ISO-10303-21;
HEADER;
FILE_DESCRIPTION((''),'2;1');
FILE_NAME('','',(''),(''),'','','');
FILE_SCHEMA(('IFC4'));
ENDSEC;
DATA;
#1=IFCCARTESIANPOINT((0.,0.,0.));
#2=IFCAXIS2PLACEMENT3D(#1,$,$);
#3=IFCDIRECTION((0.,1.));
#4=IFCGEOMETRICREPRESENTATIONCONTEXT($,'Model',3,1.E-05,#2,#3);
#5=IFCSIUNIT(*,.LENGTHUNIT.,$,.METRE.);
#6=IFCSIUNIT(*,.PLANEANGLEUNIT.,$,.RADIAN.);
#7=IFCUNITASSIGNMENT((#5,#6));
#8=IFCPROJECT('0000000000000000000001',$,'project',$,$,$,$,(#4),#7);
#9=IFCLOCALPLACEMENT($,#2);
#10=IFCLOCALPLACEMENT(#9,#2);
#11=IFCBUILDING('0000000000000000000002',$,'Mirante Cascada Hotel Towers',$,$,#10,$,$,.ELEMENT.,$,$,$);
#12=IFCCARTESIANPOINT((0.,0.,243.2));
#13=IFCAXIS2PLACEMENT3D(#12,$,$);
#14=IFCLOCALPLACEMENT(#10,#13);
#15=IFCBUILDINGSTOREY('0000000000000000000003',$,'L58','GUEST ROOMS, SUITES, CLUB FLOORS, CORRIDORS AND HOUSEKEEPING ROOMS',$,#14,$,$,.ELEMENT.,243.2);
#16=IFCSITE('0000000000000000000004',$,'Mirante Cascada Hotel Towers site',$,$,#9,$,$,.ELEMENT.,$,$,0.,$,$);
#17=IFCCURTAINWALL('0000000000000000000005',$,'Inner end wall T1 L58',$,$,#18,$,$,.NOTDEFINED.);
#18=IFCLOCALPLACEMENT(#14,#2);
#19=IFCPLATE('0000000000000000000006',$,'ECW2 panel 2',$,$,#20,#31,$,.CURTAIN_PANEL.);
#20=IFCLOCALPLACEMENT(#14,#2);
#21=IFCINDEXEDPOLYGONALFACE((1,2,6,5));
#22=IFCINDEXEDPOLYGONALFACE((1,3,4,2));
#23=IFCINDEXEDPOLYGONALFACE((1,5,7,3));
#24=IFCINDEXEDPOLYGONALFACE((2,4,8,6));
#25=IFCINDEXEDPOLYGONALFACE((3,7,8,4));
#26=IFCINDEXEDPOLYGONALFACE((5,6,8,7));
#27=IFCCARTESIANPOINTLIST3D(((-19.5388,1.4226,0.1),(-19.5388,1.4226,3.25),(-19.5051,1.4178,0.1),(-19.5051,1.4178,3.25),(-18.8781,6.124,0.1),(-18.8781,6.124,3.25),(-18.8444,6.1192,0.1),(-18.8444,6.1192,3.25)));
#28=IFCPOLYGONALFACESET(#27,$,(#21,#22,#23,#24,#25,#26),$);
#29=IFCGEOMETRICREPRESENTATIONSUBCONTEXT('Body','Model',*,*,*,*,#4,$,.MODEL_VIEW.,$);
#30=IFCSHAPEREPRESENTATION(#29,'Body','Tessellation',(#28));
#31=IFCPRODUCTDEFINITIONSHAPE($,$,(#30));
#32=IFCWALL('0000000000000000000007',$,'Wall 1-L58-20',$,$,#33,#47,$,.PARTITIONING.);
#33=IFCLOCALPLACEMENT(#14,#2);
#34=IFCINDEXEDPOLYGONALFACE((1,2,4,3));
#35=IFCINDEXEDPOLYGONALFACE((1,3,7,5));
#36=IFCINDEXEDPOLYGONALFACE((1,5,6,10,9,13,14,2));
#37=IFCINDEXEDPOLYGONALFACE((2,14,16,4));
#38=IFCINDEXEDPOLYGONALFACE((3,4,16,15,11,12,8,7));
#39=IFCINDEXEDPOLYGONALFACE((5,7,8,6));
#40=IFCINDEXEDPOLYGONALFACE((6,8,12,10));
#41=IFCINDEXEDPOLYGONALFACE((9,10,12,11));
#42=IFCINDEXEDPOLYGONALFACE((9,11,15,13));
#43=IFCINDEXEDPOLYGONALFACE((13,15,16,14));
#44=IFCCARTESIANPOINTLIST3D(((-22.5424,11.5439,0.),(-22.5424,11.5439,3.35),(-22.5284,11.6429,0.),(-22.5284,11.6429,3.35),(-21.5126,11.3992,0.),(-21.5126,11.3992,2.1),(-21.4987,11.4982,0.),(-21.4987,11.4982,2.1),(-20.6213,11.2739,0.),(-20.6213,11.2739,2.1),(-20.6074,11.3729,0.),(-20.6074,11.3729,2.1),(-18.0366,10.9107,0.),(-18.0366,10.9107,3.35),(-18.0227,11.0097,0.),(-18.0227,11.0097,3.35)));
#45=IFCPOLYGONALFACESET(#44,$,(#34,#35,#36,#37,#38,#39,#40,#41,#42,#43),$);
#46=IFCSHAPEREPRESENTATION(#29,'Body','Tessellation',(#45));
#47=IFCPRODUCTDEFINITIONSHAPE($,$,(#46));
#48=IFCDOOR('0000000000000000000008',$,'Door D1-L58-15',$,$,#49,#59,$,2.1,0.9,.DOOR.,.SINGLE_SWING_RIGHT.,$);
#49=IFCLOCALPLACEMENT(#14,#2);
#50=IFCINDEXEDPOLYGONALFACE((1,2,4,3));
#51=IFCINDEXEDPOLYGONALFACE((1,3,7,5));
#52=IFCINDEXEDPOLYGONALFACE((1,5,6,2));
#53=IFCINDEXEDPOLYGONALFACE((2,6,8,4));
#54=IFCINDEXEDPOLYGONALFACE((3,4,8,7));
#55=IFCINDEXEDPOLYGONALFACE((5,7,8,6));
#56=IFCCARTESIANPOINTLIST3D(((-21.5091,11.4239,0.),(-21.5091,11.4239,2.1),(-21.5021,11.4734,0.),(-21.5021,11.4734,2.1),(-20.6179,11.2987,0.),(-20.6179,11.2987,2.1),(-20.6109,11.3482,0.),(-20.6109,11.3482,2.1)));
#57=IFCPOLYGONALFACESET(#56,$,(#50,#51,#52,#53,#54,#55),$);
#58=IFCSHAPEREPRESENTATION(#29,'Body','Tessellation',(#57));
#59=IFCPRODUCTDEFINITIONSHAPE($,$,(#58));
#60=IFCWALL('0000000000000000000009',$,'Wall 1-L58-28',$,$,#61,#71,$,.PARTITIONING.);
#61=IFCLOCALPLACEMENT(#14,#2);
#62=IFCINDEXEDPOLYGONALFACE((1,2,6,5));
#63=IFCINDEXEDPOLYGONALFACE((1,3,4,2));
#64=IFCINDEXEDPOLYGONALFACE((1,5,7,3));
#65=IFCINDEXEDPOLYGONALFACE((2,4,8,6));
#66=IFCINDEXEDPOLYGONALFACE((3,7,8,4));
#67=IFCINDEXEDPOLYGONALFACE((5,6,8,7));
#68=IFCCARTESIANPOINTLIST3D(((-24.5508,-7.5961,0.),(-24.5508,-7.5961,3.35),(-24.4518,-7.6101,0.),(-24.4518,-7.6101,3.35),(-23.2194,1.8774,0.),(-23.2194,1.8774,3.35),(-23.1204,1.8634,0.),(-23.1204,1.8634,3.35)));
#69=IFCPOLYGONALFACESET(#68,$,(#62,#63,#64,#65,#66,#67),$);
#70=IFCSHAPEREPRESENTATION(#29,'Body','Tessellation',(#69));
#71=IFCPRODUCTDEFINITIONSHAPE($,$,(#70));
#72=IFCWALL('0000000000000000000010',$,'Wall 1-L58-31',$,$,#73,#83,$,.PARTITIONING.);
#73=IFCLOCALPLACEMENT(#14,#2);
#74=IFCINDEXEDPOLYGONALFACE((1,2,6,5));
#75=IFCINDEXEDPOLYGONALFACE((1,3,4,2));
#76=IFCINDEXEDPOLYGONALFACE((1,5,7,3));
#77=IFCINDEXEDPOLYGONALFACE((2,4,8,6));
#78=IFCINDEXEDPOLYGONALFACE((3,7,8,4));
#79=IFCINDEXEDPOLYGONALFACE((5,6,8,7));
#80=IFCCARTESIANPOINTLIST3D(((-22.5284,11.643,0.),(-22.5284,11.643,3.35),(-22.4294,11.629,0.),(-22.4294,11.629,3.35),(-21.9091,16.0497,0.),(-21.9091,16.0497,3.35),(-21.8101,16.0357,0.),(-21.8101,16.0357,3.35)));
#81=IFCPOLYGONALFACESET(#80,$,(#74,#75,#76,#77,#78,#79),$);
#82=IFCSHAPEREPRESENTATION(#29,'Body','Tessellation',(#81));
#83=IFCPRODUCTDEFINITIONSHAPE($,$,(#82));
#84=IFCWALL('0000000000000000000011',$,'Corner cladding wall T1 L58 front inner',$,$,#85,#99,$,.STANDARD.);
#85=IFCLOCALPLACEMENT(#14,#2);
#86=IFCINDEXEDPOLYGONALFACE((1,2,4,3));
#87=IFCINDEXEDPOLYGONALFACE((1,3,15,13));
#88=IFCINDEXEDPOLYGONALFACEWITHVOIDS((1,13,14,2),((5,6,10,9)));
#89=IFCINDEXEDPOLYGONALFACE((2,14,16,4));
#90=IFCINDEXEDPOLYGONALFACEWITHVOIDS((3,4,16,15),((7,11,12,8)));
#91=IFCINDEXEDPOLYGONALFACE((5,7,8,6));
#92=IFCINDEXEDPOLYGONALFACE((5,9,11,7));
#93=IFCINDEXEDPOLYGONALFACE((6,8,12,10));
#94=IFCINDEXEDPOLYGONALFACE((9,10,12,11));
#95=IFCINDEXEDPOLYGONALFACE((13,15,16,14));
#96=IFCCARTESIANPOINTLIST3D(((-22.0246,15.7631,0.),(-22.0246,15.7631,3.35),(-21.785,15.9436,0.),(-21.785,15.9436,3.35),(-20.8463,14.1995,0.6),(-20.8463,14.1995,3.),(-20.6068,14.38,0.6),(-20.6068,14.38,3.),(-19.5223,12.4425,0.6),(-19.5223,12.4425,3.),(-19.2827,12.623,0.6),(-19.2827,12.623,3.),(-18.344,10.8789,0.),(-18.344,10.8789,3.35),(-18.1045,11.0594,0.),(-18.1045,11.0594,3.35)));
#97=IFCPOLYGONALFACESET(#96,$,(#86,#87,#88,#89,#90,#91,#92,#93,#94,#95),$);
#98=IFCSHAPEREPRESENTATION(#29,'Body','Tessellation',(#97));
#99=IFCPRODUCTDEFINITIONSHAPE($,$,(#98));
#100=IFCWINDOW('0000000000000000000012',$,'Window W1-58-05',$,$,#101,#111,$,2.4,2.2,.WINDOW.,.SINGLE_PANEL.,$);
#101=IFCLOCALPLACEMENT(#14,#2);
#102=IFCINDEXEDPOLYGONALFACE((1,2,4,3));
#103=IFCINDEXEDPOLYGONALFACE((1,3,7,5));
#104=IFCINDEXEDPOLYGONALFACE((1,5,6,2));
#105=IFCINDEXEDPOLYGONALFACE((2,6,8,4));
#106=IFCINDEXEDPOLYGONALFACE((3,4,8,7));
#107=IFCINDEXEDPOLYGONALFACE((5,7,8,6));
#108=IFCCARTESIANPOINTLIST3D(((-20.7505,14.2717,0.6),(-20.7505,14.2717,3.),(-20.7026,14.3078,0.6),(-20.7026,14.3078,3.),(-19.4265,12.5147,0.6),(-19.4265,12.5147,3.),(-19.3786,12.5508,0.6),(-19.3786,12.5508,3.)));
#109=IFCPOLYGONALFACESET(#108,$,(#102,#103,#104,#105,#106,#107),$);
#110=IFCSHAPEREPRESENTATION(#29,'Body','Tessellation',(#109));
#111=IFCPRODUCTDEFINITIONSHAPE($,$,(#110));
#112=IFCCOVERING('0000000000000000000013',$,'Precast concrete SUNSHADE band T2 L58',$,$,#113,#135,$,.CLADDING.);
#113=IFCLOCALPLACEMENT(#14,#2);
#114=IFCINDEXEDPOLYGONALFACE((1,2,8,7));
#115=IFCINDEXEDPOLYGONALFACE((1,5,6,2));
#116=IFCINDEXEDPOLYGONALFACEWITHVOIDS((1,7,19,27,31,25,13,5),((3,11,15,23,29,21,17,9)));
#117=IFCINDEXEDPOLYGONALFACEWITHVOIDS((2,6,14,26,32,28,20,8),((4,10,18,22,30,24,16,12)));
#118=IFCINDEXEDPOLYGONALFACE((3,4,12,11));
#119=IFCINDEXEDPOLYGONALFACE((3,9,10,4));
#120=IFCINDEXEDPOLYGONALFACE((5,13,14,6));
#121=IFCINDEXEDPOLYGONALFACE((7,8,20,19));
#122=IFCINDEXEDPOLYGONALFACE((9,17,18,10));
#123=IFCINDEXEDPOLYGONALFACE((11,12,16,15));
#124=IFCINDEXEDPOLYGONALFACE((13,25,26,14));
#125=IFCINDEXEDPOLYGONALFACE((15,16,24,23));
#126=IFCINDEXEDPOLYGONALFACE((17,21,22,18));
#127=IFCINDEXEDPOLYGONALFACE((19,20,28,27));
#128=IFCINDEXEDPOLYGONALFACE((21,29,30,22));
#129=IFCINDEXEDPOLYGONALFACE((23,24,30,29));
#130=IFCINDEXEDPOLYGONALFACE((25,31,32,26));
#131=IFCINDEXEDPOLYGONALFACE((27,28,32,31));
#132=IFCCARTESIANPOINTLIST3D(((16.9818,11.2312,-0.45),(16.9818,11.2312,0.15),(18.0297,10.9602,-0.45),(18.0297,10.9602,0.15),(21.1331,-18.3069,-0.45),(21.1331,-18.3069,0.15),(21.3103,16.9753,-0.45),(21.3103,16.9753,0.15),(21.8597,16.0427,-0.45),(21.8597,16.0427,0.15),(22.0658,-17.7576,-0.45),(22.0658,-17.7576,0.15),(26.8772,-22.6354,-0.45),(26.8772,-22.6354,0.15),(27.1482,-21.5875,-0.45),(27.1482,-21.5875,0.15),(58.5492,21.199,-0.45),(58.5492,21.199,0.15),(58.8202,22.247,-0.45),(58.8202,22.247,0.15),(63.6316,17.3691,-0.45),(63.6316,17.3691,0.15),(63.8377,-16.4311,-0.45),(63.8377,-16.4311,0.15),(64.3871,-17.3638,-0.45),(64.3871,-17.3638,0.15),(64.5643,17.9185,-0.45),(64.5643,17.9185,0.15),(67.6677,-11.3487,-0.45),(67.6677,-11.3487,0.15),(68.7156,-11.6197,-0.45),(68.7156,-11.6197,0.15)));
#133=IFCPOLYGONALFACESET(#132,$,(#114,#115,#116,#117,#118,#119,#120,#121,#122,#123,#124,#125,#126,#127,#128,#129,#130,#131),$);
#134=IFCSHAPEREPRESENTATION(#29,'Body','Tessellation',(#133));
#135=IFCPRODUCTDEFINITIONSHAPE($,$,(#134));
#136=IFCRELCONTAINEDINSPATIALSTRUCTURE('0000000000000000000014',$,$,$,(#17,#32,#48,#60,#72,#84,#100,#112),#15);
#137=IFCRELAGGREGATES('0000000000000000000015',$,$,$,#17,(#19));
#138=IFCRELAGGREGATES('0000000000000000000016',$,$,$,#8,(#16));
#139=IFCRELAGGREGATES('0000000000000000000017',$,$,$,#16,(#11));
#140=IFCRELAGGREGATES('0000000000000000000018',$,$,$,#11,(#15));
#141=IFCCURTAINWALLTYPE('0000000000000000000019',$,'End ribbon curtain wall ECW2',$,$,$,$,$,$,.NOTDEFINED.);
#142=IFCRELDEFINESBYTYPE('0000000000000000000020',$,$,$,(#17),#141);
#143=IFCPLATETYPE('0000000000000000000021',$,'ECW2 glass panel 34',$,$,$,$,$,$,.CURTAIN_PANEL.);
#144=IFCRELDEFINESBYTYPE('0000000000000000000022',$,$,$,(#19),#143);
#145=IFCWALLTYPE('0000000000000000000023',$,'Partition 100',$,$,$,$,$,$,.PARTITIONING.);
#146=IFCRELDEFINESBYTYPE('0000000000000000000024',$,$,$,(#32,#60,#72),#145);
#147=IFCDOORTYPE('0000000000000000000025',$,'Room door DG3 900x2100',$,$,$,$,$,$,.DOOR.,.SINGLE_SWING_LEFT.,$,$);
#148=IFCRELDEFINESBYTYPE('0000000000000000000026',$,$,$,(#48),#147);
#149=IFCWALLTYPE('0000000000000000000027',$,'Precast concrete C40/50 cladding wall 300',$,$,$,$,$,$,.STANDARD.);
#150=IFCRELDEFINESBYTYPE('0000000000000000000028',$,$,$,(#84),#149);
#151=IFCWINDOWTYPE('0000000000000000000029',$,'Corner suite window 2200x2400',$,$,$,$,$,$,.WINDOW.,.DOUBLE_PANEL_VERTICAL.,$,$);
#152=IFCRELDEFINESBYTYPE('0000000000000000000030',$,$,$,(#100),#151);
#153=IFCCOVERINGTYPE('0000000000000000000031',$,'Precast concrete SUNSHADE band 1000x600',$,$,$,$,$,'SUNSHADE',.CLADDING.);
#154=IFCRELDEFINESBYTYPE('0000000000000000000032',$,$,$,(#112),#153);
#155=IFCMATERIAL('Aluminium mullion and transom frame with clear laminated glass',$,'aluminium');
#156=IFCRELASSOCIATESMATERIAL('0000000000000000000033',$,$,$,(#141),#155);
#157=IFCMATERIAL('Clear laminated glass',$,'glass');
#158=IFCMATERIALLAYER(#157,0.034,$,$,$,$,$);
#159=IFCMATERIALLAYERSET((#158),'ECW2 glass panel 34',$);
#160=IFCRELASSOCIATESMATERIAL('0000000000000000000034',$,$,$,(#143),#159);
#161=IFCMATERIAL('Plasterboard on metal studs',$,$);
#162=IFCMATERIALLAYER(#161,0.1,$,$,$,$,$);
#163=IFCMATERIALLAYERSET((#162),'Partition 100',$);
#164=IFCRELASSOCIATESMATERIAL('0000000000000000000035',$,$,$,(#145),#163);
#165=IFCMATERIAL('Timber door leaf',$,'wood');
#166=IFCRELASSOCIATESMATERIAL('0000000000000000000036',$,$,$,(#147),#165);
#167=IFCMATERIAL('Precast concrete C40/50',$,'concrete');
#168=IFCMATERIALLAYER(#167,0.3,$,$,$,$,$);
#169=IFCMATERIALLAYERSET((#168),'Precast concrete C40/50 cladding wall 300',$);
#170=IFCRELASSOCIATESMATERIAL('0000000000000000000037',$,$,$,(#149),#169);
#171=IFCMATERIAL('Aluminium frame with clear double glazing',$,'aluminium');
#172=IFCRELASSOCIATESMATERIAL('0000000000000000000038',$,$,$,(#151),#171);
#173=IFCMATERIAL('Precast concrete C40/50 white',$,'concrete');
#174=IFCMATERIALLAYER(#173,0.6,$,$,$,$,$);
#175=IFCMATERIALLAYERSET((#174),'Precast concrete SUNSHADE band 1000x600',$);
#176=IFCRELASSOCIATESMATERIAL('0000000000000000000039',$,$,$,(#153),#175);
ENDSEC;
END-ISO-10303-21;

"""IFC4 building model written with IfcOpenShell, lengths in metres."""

from ifc_helpers import new_model, si_unit, direction, frame, frame_2d, origin, origin_2d, place, context, subcontext, project, spatial, polyline, rectangle, outline, extrude, material, layer, layer_set, type_object, element, fill, aggregate, save


model = new_model("IFC4")

# Units and contexts
model_context = context("Model", 3, precision=1e-05, world=origin(), true_north=direction((0.0, 1.0)))
body_context = subcontext(model_context, "Body", "Model", "MODEL_VIEW")
ifc_project = project(units=[si_unit("LENGTHUNIT", "METRE"), si_unit("PLANEANGLEUNIT", "RADIAN")], contexts=[model_context])

# Site, building, storey
site_placement = place(None, origin())
site = spatial("IfcSite", under=ifc_project, at=site_placement, Name="Mirante Cascada Hotel Towers site", CompositionType="ELEMENT", RefElevation=0.0)
building_placement = place(site_placement, origin())
building = spatial("IfcBuilding", under=site, at=building_placement, Name="Mirante Cascada Hotel Towers", CompositionType="ELEMENT")
storey_placement = place(building_placement, frame((0.0, 0.0, 243.2)))
storey = spatial("IfcBuildingStorey", under=building, at=storey_placement, Name="L58", Description="GUEST ROOMS, SUITES, CLUB FLOORS, CORRIDORS AND HOUSEKEEPING ROOMS", CompositionType="ELEMENT", Elevation=243.2)

# Curtain wall
ifc_material_1 = material(Name="Aluminium mullion and transom frame with clear laminated glass", Category="aluminium")
curtain_wall_type_1 = type_object("IfcCurtainWallType", Name="End ribbon curtain wall ECW2", PredefinedType="NOTDEFINED", material=ifc_material_1)
curtain_wall_1_placement = place(storey_placement, origin())
curtain_wall_1 = element("IfcCurtainWall", 1, at=curtain_wall_1_placement, inside=storey, type_object=curtain_wall_type_1, Name="Inner end wall T1 L58", PredefinedType="NOTDEFINED")

# Plate
ifc_material_2 = material(Name="Clear laminated glass", Category="glass")
ifc_layer_1 = layer(ifc_material_2, 0.034)
ifc_layer_set_1 = layer_set([ifc_layer_1], Name="ECW2 glass panel 34")
plate_type_1 = type_object("IfcPlateType", Name="ECW2 glass panel 34", PredefinedType="CURTAIN_PANEL", material=ifc_layer_set_1)
plate_1_placement = place(storey_placement, frame((-19.1916, 3.7709, 0.1), z_axis=(0.0, 0.0, 1.0), x_axis=(-0.139173, -0.990268, 0.0)))
plate_1 = element("IfcPlate", 2, at=plate_1_placement, type_object=plate_type_1, Name="ECW2 panel 2", PredefinedType="CURTAIN_PANEL", context=body_context, shape_type="SweptSolid", body=[
    extrude(rectangle(XDim=4.7476, YDim=0.034, at=origin_2d()), origin(), (0.0, 0.0, 1.0), 3.15),
])
aggregate(curtain_wall_1, [plate_1])

# Wall, opening, door
ifc_material_3 = material(Name="Plasterboard on metal studs")
ifc_layer_2 = layer(ifc_material_3, 0.1)
ifc_layer_set_2 = layer_set([ifc_layer_2], Name="Partition 100")
wall_type_1 = type_object("IfcWallType", Name="Partition 100", PredefinedType="PARTITIONING", material=ifc_layer_set_2)
wall_1_placement = place(storey_placement, frame((-22.5354, 11.5934, 0.0), z_axis=(0.0, 0.0, 1.0), x_axis=(0.990269, -0.139166, 0.0)))
wall_1 = element("IfcWall", 3, at=wall_1_placement, inside=storey, type_object=wall_type_1, Name="Wall 1-L58-20", PredefinedType="PARTITIONING", context=body_context, shape_type="SweptSolid", body=[
    extrude(rectangle(XDim=4.55, YDim=0.1, at=frame_2d((2.275, 0.0))), origin(), (0.0, 0.0, 1.0), 3.35),
])
opening_1_placement = place(wall_1_placement, frame((1.0399, 0.0, 0.0)))
opening_1 = element("IfcOpeningElement", 4, at=opening_1_placement, cuts=wall_1, PredefinedType="OPENING", context=body_context, shape_type="SweptSolid", body=[
    extrude(rectangle(XDim=0.9, YDim=2.1, at=frame_2d((0.45, 1.05))), frame((0.0, 0.05, 0.0), z_axis=(0.0, -1.0, 0.0), x_axis=(1.0, 0.0, 0.0)), (0.0, 0.0, 1.0), 0.1),
])
ifc_material_4 = material(Name="Timber door leaf", Category="wood")
door_type = type_object("IfcDoorType", Name="Room door DG3 900x2100", OperationType="SINGLE_SWING_LEFT", PredefinedType="DOOR", material=ifc_material_4)
door_placement = place(opening_1_placement, frame((0.9, 0.0, 0.0), z_axis=(0.0, 0.0, 1.0), x_axis=(-1.0, 0.0, 0.0)))
door = element("IfcDoor", 5, at=door_placement, inside=storey, type_object=door_type, Name="Door D1-L58-15", OperationType="SINGLE_SWING_RIGHT", OverallHeight=2.1, OverallWidth=0.9, PredefinedType="DOOR", context=body_context, shape_type="SweptSolid", body=[
    extrude(rectangle(XDim=0.9, YDim=2.1, at=frame_2d((0.45, 1.05))), frame((0.0, 0.025, 0.0), z_axis=(0.0, -1.0, 0.0), x_axis=(1.0, 0.0, 0.0)), (0.0, 0.0, 1.0), 0.05),
])
fill(opening_1, door)

# Walls
wall_2_placement = place(storey_placement, frame((-23.1699, 1.8704, 0.0), z_axis=(0.0, 0.0, 1.0), x_axis=(-0.139172, -0.990268, 0.0)))
element("IfcWall", 6, at=wall_2_placement, inside=storey, type_object=wall_type_1, Name="Wall 1-L58-28", PredefinedType="PARTITIONING", context=body_context, shape_type="SweptSolid", body=[
    extrude(rectangle(XDim=9.5666, YDim=0.1, at=frame_2d((4.7833, 0.0))), origin(), (0.0, 0.0, 1.0), 3.35),
])
wall_3_placement = place(storey_placement, frame((-22.4789, 11.636, 0.0), z_axis=(0.0, 0.0, 1.0), x_axis=(0.139168, 0.990269, 0.0)))
element("IfcWall", 7, at=wall_3_placement, inside=storey, type_object=wall_type_1, Name="Wall 1-L58-31", PredefinedType="PARTITIONING", context=body_context, shape_type="SweptSolid", body=[
    extrude(rectangle(XDim=4.45, YDim=0.1, at=frame_2d((2.225, 0.0))), origin(), (0.0, 0.0, 1.0), 3.35),
])

# Wall, opening, window
ifc_material_5 = material(Name="Precast concrete C40/50", Category="concrete")
ifc_layer_3 = layer(ifc_material_5, 0.3)
ifc_layer_set_3 = layer_set([ifc_layer_3], Name="Precast concrete C40/50 cladding wall 300")
wall_type_2 = type_object("IfcWallType", Name="Precast concrete C40/50 cladding wall 300", PredefinedType="STANDARD", material=ifc_layer_set_3)
wall_4_placement = place(storey_placement, frame((-21.9048, 15.8533, 0.0), z_axis=(0.0, 0.0, 1.0), x_axis=(0.601824, -0.798628, 0.0)))
wall_4 = element("IfcWall", 8, at=wall_4_placement, inside=storey, type_object=wall_type_2, Name="Corner cladding wall T1 L58 front inner", PredefinedType="STANDARD", context=body_context, shape_type="SweptSolid", body=[
    extrude(rectangle(XDim=6.1157, YDim=0.3, at=frame_2d((3.0578, 0.0))), origin(), (0.0, 0.0, 1.0), 3.35),
])
opening_2_placement = place(wall_4_placement, frame((1.9578, 0.0, 0.6)))
opening_2 = element("IfcOpeningElement", 9, at=opening_2_placement, cuts=wall_4, PredefinedType="OPENING", context=body_context, shape_type="SweptSolid", body=[
    extrude(rectangle(XDim=2.2, YDim=2.4, at=frame_2d((1.1, 1.2))), frame((0.0, 0.15, 0.0), z_axis=(0.0, -1.0, 0.0), x_axis=(1.0, 0.0, 0.0)), (0.0, 0.0, 1.0), 0.3),
])
ifc_material_6 = material(Name="Aluminium frame with clear double glazing", Category="aluminium")
window_type = type_object("IfcWindowType", Name="Corner suite window 2200x2400", PartitioningType="DOUBLE_PANEL_VERTICAL", PredefinedType="WINDOW", material=ifc_material_6)
window_placement = place(opening_2_placement, origin())
window = element("IfcWindow", 10, at=window_placement, inside=storey, type_object=window_type, Name="Window W1-58-05", OverallHeight=2.4, OverallWidth=2.2, PartitioningType="SINGLE_PANEL", PredefinedType="WINDOW", context=body_context, shape_type="SweptSolid", body=[
    extrude(rectangle(XDim=2.2, YDim=2.4, at=frame_2d((1.1, 1.2))), frame((0.0, 0.03, 0.0), z_axis=(0.0, -1.0, 0.0), x_axis=(1.0, 0.0, 0.0)), (0.0, 0.0, 1.0), 0.06),
])
fill(opening_2, window)

# Covering
ifc_material_7 = material(Name="Precast concrete C40/50 white", Category="concrete")
ifc_layer_4 = layer(ifc_material_7, 0.6)
ifc_layer_set_4 = layer_set([ifc_layer_4], Name="Precast concrete SUNSHADE band 1000x600")
covering_type = type_object("IfcCoveringType", Name="Precast concrete SUNSHADE band 1000x600", ElementType="SUNSHADE", PredefinedType="CLADDING", material=ifc_layer_set_4)
covering_placement = place(storey_placement, frame((0.0, 0.0, -0.45)))
element("IfcCovering", 11, at=covering_placement, inside=storey, type_object=covering_type, Name="Precast concrete SUNSHADE band T2 L58", PredefinedType="CLADDING", context=body_context, shape_type="SweptSolid", body=[
    extrude(outline(polyline([(16.9818, 11.2312), (21.3103, 16.9753), (58.8202, 22.247), (64.5643, 17.9185), (68.7156, -11.6197), (64.3871, -17.3638), (26.8772, -22.6354), (21.1331, -18.3069), (16.9818, 11.2312)]), holes=[polyline([(67.6677, -11.3487), (63.6316, 17.3691), (58.5492, 21.199), (21.8597, 16.0427), (18.0297, 10.9602), (22.0658, -17.7576), (27.1482, -21.5875), (63.8377, -16.4311), (67.6677, -11.3487)])]), origin(), (0.0, 0.0, 1.0), 0.6),
])

save(model, "model.ifc")
